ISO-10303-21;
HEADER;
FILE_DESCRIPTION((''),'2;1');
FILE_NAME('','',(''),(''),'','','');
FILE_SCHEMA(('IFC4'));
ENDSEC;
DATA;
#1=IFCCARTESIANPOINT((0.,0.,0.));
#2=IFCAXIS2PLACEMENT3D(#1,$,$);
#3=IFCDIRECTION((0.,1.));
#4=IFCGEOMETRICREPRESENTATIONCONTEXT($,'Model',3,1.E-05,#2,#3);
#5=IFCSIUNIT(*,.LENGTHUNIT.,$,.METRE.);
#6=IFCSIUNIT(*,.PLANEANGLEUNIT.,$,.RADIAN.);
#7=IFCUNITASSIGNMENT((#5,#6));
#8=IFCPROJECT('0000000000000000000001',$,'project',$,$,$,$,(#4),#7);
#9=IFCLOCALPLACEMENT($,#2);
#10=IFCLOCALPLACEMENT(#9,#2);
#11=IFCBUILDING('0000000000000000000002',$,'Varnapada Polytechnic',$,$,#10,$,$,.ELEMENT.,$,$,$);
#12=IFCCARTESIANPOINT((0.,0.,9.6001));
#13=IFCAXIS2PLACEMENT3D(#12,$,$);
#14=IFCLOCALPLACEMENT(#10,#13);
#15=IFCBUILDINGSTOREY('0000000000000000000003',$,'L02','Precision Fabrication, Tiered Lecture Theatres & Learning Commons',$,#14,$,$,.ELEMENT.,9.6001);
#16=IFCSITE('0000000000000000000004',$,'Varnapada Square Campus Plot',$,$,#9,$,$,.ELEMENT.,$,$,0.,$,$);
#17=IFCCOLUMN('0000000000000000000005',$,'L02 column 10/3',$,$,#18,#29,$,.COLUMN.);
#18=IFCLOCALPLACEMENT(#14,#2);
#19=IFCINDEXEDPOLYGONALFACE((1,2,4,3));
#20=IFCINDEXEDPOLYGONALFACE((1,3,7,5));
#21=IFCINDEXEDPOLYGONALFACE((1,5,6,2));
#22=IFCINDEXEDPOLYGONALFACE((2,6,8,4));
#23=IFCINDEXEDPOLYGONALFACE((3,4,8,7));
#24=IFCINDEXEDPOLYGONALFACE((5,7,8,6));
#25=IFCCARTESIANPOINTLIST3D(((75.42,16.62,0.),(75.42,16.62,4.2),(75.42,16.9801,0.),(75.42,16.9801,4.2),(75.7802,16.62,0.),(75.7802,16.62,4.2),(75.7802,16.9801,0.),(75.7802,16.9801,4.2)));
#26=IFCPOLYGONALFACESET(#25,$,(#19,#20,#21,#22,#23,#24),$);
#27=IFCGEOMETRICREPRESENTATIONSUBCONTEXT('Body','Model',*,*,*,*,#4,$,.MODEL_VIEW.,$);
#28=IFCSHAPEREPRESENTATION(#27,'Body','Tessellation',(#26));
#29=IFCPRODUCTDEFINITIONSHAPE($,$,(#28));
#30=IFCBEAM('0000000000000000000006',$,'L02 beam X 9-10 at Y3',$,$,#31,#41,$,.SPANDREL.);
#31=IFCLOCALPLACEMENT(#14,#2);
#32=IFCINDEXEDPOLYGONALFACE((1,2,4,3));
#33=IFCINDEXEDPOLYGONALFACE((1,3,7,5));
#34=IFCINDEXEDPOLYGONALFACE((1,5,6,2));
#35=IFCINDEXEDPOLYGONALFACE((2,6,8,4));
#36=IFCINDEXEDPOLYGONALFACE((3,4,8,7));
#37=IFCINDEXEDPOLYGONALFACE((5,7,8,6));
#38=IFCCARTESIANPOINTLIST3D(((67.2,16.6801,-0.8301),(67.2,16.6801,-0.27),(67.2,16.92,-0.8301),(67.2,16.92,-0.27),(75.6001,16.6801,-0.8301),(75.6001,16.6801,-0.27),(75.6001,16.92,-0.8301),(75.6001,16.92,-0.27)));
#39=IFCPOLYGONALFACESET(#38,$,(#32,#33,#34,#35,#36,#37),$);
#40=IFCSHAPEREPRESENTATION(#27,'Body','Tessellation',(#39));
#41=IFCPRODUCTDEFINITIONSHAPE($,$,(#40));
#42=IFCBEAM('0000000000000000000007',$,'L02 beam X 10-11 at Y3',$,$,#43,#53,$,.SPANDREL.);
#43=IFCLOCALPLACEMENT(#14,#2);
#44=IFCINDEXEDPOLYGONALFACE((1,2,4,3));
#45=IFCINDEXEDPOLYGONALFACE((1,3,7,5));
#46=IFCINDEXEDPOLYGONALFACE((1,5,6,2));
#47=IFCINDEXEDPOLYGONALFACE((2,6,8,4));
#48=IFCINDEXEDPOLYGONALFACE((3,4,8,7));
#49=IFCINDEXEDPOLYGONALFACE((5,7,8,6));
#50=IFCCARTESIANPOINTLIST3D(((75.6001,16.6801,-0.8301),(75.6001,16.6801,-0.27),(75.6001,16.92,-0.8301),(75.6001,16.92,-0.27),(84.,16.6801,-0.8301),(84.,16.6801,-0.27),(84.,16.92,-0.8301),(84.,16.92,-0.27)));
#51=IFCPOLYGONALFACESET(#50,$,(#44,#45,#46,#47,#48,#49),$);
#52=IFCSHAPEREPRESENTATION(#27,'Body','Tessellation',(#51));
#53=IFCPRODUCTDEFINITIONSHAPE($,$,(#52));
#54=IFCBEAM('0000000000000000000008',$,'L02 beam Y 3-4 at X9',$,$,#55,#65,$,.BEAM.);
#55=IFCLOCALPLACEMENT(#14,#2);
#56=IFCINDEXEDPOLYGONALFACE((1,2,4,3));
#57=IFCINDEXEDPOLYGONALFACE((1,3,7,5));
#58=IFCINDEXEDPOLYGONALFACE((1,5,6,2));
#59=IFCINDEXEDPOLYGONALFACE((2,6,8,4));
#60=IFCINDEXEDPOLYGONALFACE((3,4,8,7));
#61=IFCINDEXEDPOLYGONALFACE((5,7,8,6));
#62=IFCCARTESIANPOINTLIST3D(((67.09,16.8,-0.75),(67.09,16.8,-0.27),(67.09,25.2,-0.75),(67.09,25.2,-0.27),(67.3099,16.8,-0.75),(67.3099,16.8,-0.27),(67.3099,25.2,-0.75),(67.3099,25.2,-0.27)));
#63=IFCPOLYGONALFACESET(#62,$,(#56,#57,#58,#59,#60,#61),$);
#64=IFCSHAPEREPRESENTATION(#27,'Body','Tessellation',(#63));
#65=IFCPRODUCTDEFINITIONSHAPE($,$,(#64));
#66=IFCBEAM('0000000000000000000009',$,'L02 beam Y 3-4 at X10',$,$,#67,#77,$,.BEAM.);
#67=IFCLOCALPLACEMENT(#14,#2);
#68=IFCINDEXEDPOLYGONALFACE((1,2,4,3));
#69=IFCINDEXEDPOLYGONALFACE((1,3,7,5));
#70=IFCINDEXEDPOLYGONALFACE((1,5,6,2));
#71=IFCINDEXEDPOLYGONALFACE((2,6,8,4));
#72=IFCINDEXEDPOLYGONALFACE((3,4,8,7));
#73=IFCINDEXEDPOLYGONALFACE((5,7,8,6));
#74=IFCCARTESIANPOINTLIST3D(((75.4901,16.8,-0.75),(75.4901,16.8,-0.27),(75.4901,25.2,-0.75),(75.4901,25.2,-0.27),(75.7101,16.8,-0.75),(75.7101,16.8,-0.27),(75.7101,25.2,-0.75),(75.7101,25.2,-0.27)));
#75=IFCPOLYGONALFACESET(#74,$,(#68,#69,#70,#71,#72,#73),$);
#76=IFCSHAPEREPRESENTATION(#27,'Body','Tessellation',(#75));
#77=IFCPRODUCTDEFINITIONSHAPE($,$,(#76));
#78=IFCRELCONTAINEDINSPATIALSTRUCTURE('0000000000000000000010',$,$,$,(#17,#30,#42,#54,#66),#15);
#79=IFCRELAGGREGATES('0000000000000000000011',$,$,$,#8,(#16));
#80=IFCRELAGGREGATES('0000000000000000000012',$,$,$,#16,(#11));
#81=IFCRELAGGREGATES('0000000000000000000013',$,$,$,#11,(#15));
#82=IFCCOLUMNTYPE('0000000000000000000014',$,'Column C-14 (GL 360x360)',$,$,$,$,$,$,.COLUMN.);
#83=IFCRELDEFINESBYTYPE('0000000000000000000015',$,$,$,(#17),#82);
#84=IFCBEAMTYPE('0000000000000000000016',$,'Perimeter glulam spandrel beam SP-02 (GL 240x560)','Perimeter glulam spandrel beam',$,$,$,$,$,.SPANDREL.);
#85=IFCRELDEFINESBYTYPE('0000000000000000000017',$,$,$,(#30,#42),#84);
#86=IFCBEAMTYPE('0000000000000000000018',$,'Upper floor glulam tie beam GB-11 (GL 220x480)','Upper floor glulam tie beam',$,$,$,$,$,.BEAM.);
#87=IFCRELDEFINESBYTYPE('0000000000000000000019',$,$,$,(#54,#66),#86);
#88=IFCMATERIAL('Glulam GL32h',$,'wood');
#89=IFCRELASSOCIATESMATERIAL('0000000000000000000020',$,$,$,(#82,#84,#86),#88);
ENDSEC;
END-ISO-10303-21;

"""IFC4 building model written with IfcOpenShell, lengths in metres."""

from ifc_helpers import new_model, si_unit, direction, frame, origin, origin_2d, place, context, subcontext, project, spatial, rectangle, extrude, material, material_profile, profile_set, type_object, element, save


model = new_model("IFC4")

# Units and contexts
model_context = context("Model", 3, precision=1e-05, world=origin(), true_north=direction((0.0, 1.0)))
body_context = subcontext(model_context, "Body", "Model", "MODEL_VIEW")
ifc_project = project(units=[si_unit("LENGTHUNIT", "METRE"), si_unit("PLANEANGLEUNIT", "RADIAN")], contexts=[model_context])

# Site, building, storey
site_placement = place(None, origin())
site = spatial("IfcSite", under=ifc_project, at=site_placement, Name="Varnapada Square Campus Plot", CompositionType="ELEMENT", RefElevation=0.0)
building_placement = place(site_placement, origin())
building = spatial("IfcBuilding", under=site, at=building_placement, Name="Varnapada Polytechnic", CompositionType="ELEMENT")
storey_placement = place(building_placement, frame((0.0, 0.0, 9.6001)))
storey = spatial("IfcBuildingStorey", under=building, at=storey_placement, Name="L02", Description="Precision Fabrication, Tiered Lecture Theatres & Learning Commons", CompositionType="ELEMENT", Elevation=9.6001)

# Column
ifc_material_1 = material(Name="Glulam GL32h", Category="wood")
ifc_material_profile_1 = material_profile(ifc_material_1, rectangle(XDim=0.3601, YDim=0.3601, at=origin_2d()), Name="GL 360x360")
ifc_profile_set_1 = profile_set([ifc_material_profile_1], Name="Glulam GL32h")
column_type = type_object("IfcColumnType", Name="Column C-14 (GL 360x360)", PredefinedType="COLUMN", material=ifc_profile_set_1)
column_placement = place(storey_placement, frame((75.6001, 16.8, 0.0), z_axis=(0.0, 0.0, 1.0), x_axis=(1.0, 0.0, 0.0)))
element("IfcColumn", 1, at=column_placement, inside=storey, type_object=column_type, Name="L02 column 10/3", PredefinedType="COLUMN", context=body_context, shape_type="SweptSolid", body=[
    extrude(rectangle(XDim=0.3601, YDim=0.3601, at=origin_2d()), origin(), (0.0, 0.0, 1.0), 4.2),
])

# Beams
ifc_material_profile_2 = material_profile(ifc_material_1, rectangle(XDim=0.24, YDim=0.5601, at=origin_2d()), Name="GL 240x560")
ifc_profile_set_2 = profile_set([ifc_material_profile_2], Name="Glulam GL32h")
beam_type_1 = type_object("IfcBeamType", Name="Perimeter glulam spandrel beam SP-02 (GL 240x560)", Description="Perimeter glulam spandrel beam", PredefinedType="SPANDREL", material=ifc_profile_set_2)
beam_1_placement = place(storey_placement, frame((67.2, 16.8, -0.55), z_axis=(1.0, 0.0, 0.0), x_axis=(0.0, 1.0, 0.0)))
element("IfcBeam", 2, at=beam_1_placement, inside=storey, type_object=beam_type_1, Name="L02 beam X 9-10 at Y3", PredefinedType="SPANDREL", context=body_context, shape_type="SweptSolid", body=[
    extrude(rectangle(XDim=0.24, YDim=0.5601, at=origin_2d()), origin(), (0.0, 0.0, 1.0), 8.4001),
])
beam_2_placement = place(storey_placement, frame((75.6001, 16.8, -0.55), z_axis=(1.0, 0.0, 0.0), x_axis=(0.0, 1.0, 0.0)))
element("IfcBeam", 3, at=beam_2_placement, inside=storey, type_object=beam_type_1, Name="L02 beam X 10-11 at Y3", PredefinedType="SPANDREL", context=body_context, shape_type="SweptSolid", body=[
    extrude(rectangle(XDim=0.24, YDim=0.5601, at=origin_2d()), origin(), (0.0, 0.0, 1.0), 8.3999),
])
ifc_material_profile_3 = material_profile(ifc_material_1, rectangle(XDim=0.22, YDim=0.48, at=origin_2d()), Name="GL 220x480")
ifc_profile_set_3 = profile_set([ifc_material_profile_3], Name="Glulam GL32h")
beam_type_2 = type_object("IfcBeamType", Name="Upper floor glulam tie beam GB-11 (GL 220x480)", Description="Upper floor glulam tie beam", PredefinedType="BEAM", material=ifc_profile_set_3)
for number, where, z_axis, x_axis, name in (
    (4, (67.2, 16.8, -0.51), (0.0, 1.0, 0.0), (-1.0, 0.0, 0.0), "L02 beam Y 3-4 at X9"),
    (5, (75.6001, 16.8, -0.51), (0.0, 1.0, 0.0), (-1.0, 0.0, 0.0), "L02 beam Y 3-4 at X10"),
):
    element("IfcBeam", number, at=place(storey_placement, frame(where, z_axis=z_axis, x_axis=x_axis)), inside=storey, type_object=beam_type_2, Name=name, PredefinedType="BEAM", context=body_context, shape_type="SweptSolid", body=[
        extrude(rectangle(XDim=0.22, YDim=0.48, at=origin_2d()), origin(), (0.0, 0.0, 1.0), 8.3999),
    ])

save(model, "model.ifc")
